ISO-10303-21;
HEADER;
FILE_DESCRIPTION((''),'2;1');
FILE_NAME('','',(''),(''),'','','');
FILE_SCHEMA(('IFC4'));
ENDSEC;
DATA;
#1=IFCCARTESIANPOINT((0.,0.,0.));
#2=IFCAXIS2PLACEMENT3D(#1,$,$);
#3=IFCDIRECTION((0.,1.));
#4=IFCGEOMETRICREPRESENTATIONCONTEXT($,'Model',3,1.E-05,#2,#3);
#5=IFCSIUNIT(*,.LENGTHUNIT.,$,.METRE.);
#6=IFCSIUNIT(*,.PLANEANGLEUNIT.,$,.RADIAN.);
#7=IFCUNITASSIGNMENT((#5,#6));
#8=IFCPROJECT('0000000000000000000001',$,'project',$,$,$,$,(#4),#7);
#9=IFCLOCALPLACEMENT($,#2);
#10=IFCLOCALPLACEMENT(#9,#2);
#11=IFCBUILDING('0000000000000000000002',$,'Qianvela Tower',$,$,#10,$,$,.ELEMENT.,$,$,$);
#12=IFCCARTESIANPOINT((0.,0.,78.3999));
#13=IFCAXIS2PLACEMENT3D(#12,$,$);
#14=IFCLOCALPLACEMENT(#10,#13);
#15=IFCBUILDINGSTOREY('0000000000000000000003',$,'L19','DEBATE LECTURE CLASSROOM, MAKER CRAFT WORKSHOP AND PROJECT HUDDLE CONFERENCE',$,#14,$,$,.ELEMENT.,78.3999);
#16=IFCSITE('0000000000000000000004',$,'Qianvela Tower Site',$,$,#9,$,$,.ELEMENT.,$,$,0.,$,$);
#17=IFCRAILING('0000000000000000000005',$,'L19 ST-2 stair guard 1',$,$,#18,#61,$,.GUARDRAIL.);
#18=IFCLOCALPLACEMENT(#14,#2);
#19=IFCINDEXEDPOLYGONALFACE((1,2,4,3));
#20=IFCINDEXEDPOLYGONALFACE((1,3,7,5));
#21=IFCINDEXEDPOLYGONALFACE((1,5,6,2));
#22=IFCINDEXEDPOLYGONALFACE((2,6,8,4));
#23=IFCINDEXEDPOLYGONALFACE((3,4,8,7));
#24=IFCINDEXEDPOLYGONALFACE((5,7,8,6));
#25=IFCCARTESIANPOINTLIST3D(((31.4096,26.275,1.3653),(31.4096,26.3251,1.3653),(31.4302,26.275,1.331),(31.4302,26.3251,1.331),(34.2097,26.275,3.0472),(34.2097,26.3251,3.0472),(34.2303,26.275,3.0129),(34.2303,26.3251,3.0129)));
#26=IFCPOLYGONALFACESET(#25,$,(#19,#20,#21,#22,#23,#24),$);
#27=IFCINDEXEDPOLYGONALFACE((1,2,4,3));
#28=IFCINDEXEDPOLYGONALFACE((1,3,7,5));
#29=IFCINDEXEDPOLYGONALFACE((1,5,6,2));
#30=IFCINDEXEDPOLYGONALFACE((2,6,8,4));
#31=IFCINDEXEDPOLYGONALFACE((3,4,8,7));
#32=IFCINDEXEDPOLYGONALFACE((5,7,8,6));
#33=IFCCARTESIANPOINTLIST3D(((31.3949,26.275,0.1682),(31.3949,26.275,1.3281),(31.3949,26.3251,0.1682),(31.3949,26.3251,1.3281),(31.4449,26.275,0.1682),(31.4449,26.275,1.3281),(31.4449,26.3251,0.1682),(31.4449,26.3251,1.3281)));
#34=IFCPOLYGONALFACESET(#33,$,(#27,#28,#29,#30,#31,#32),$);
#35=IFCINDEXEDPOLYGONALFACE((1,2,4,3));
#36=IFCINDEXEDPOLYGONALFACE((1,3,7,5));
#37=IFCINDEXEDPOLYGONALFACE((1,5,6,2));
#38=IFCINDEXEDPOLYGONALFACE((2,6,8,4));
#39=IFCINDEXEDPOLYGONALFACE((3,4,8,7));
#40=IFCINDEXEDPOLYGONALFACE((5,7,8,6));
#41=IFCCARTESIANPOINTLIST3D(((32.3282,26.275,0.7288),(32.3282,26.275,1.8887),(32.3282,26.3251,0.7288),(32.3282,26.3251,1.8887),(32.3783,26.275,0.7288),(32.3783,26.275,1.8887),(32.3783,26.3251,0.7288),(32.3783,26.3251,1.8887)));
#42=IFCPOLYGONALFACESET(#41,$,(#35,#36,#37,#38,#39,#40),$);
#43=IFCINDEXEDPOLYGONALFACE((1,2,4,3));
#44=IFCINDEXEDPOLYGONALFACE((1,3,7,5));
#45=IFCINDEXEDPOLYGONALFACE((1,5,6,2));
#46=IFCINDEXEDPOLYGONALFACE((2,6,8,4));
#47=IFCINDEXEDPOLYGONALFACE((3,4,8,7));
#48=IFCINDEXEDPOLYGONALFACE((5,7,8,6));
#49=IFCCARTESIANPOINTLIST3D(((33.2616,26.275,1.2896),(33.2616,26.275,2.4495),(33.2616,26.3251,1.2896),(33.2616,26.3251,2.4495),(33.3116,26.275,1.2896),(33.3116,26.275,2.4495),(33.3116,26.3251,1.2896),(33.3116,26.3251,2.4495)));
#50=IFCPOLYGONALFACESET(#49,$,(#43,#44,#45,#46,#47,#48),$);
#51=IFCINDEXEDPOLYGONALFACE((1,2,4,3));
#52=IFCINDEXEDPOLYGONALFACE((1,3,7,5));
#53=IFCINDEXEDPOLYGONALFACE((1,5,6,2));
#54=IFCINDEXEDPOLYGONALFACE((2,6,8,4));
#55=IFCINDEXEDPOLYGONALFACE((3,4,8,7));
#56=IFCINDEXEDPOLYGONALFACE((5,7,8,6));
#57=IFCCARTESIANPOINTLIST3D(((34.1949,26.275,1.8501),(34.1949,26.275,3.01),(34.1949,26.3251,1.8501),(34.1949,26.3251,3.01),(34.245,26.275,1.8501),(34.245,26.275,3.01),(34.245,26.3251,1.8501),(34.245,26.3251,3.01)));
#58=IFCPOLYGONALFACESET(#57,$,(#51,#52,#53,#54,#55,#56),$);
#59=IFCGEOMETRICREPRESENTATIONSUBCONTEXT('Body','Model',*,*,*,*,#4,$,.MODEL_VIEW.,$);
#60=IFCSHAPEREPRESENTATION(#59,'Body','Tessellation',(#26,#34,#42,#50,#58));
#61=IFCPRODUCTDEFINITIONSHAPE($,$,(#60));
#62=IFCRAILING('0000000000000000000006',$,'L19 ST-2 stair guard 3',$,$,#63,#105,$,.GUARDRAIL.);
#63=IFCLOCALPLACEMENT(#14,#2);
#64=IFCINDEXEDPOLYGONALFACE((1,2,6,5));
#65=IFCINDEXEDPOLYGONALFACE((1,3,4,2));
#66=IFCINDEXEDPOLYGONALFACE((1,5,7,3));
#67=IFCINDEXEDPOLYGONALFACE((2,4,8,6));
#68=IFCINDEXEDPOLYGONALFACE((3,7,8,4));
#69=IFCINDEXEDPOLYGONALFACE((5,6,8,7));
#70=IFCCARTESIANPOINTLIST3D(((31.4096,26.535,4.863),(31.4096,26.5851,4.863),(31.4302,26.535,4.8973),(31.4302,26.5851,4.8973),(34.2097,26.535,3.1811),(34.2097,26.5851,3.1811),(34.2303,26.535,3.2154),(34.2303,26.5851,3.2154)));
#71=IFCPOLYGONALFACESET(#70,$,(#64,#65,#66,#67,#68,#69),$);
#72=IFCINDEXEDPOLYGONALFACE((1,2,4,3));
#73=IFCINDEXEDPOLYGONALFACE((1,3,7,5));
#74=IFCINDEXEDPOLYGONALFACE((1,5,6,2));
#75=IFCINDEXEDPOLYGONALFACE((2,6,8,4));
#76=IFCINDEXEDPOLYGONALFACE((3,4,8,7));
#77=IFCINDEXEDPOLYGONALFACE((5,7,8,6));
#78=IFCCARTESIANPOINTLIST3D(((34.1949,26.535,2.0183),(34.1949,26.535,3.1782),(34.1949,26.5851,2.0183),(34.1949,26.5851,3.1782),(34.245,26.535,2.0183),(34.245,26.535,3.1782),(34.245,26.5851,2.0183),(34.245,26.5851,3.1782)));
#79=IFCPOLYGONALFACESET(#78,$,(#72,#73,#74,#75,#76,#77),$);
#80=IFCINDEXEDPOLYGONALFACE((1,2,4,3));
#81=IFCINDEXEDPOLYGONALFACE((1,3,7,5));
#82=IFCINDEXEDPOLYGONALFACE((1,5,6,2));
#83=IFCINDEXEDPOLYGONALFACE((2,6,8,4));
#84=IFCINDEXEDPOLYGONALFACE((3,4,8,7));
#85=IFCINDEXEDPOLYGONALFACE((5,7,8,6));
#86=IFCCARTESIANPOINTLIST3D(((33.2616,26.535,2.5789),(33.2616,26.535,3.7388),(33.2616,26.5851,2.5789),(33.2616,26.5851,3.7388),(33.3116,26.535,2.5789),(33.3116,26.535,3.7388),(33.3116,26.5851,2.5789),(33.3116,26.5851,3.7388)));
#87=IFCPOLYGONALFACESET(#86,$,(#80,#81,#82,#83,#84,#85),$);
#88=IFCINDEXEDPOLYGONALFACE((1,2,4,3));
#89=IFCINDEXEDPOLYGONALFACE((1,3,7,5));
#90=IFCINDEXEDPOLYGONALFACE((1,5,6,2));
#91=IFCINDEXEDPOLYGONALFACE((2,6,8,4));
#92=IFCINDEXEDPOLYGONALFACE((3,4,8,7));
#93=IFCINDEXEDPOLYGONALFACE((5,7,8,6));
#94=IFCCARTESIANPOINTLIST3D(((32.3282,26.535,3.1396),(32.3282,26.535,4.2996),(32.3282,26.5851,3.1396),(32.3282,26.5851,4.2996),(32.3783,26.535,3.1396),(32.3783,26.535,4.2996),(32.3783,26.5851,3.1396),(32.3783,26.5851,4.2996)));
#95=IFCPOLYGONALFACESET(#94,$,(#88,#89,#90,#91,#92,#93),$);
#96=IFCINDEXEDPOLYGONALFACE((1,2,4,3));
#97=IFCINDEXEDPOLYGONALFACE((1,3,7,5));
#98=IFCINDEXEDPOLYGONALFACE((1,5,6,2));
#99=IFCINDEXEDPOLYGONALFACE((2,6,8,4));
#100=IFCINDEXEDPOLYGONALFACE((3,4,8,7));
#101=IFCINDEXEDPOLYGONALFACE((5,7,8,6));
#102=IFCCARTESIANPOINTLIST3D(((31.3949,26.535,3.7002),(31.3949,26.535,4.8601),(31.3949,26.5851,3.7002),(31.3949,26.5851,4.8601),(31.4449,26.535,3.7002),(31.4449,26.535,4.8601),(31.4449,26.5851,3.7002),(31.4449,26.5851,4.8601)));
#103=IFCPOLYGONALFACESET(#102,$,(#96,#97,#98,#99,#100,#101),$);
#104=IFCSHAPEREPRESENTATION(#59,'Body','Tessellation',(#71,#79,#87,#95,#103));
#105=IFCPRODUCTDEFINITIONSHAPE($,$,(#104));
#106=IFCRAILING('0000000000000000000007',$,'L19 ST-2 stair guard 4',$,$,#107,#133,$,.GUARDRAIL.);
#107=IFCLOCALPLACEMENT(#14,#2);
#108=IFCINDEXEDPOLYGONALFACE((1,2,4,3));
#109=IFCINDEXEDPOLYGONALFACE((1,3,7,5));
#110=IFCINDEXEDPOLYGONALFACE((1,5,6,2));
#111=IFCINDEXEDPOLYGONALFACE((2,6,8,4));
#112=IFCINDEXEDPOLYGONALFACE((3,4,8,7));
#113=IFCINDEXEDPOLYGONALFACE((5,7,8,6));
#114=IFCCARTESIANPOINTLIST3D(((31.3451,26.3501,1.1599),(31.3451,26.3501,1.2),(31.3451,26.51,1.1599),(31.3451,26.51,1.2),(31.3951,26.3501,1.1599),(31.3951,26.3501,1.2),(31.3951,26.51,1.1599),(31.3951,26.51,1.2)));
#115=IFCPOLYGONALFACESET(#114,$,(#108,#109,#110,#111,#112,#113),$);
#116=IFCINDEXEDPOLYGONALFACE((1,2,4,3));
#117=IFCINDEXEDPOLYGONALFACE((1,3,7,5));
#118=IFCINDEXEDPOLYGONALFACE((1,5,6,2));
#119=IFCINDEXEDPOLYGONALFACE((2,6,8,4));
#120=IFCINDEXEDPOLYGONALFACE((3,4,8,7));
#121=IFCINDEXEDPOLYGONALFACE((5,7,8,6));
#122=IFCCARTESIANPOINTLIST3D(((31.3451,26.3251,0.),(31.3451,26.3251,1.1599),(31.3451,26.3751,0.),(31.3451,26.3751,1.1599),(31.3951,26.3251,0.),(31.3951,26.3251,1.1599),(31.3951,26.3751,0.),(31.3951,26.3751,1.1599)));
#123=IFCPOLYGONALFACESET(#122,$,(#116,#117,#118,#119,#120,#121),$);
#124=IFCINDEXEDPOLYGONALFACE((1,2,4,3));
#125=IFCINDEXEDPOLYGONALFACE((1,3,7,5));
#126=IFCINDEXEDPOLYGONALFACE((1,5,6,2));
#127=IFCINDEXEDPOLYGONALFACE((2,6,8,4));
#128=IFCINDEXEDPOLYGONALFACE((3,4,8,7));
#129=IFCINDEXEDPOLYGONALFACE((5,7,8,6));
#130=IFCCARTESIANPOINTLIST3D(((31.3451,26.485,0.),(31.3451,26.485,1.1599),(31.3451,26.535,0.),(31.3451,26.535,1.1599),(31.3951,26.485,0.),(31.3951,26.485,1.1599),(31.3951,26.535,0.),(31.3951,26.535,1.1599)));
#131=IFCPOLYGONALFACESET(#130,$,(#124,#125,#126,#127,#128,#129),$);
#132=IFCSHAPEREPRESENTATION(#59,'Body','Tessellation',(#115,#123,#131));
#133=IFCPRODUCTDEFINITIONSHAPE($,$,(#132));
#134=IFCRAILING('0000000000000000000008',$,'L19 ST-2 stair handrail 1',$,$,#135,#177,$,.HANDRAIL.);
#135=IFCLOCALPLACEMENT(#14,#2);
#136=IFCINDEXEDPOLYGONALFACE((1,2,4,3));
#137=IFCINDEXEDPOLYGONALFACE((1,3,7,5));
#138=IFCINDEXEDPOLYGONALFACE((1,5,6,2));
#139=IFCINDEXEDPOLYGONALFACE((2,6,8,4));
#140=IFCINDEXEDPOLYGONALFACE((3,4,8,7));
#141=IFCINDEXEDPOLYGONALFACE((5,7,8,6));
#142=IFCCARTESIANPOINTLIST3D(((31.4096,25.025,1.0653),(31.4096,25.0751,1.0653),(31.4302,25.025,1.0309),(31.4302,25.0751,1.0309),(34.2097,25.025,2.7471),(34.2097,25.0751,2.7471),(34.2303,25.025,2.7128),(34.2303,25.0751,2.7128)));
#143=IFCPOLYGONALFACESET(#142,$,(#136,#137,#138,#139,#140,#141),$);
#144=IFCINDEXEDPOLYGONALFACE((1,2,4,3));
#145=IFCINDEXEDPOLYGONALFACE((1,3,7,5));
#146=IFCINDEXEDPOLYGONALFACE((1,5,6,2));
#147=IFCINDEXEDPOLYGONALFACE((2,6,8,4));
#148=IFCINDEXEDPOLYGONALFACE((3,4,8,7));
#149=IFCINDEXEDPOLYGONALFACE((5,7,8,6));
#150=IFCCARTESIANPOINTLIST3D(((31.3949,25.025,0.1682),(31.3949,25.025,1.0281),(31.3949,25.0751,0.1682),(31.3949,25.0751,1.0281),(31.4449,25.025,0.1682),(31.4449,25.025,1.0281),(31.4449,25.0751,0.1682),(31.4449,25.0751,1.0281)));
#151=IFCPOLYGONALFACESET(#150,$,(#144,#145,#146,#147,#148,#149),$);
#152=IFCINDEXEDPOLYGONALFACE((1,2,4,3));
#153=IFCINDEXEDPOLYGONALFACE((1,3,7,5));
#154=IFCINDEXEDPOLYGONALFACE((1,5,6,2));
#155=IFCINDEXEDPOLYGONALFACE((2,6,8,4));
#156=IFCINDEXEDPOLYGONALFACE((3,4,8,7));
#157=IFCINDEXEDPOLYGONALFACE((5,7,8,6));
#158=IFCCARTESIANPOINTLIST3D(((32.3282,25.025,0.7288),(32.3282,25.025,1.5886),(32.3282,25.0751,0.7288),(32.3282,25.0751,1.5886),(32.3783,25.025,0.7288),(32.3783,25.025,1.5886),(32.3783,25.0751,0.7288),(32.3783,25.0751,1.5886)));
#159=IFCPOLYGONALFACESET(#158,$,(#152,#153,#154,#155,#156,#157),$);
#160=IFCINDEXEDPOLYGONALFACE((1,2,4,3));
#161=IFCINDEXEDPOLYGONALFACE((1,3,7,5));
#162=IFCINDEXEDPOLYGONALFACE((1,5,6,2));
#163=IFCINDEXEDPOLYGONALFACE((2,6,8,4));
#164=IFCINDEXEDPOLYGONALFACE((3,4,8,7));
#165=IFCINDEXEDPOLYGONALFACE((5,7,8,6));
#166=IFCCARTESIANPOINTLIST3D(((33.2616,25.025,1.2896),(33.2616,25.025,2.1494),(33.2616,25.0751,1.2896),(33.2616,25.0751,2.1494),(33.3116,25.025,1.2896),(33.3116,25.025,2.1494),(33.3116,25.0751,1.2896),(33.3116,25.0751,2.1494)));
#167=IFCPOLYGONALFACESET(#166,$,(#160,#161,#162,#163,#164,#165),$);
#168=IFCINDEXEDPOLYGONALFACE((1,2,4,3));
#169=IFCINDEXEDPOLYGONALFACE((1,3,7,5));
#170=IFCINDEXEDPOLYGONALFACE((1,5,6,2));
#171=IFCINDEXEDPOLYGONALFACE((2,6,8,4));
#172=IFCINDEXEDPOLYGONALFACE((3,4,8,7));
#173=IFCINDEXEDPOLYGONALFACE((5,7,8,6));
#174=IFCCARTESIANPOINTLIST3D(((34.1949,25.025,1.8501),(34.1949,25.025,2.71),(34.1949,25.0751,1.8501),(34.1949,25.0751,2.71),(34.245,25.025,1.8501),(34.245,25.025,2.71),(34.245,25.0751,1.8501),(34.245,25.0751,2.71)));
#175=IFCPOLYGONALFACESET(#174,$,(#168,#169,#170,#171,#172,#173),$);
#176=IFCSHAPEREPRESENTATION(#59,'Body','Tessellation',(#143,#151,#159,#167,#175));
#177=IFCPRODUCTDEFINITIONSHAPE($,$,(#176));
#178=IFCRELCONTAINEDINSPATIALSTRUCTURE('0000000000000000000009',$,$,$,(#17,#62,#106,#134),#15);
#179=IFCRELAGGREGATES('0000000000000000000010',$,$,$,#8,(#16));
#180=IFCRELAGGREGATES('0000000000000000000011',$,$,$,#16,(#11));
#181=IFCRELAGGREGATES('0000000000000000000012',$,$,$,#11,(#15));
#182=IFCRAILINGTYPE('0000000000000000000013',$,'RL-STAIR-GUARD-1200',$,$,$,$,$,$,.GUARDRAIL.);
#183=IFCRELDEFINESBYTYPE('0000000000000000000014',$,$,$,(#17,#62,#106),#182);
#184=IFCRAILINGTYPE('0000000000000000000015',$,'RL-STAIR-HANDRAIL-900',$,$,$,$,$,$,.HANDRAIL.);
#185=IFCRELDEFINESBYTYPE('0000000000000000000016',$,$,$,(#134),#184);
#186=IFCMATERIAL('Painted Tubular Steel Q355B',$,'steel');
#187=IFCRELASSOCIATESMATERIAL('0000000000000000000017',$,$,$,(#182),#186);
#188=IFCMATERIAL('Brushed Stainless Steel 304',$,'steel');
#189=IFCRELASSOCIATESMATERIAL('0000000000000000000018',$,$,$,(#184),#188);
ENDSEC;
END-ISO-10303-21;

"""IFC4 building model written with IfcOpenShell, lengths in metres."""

from ifc_helpers import new_model, si_unit, direction, frame, origin, origin_2d, place, context, subcontext, project, spatial, rectangle, extrude, material, type_object, element, save


model = new_model("IFC4")

# Units and contexts
model_context = context("Model", 3, precision=1e-05, world=origin(), true_north=direction((0.0, 1.0)))
body_context = subcontext(model_context, "Body", "Model", "MODEL_VIEW")
ifc_project = project(units=[si_unit("LENGTHUNIT", "METRE"), si_unit("PLANEANGLEUNIT", "RADIAN")], contexts=[model_context])

# Site, building, storey
site_placement = place(None, origin())
site = spatial("IfcSite", under=ifc_project, at=site_placement, Name="Qianvela Tower Site", CompositionType="ELEMENT", RefElevation=0.0)
building_placement = place(site_placement, origin())
building = spatial("IfcBuilding", under=site, at=building_placement, Name="Qianvela Tower", CompositionType="ELEMENT")
storey_placement = place(building_placement, frame((0.0, 0.0, 78.3999)))
storey = spatial("IfcBuildingStorey", under=building, at=storey_placement, Name="L19", Description="DEBATE LECTURE CLASSROOM, MAKER CRAFT WORKSHOP AND PROJECT HUDDLE CONFERENCE", CompositionType="ELEMENT", Elevation=78.3999)

# Railings
ifc_material_1 = material(Name="Painted Tubular Steel Q355B", Category="steel")
railing_type_1 = type_object("IfcRailingType", Name="RL-STAIR-GUARD-1200", PredefinedType="GUARDRAIL", material=ifc_material_1)
railing_1_placement = place(storey_placement, frame((31.4199, 26.3, 0.1682)))
element("IfcRailing", 1, at=railing_1_placement, inside=storey, type_object=railing_type_1, Name="L19 ST-2 stair guard 1", PredefinedType="GUARDRAIL", context=body_context, shape_type="SweptSolid", body=[
    extrude(rectangle(XDim=0.05, YDim=0.04, at=origin_2d()), frame((0.0, 0.0, 1.1799), z_axis=(0.857242, 0.0, 0.514913), x_axis=(0.0, 1.0, 0.0)), (0.0, 0.0, 1.0), 3.2664),
    extrude(rectangle(XDim=0.05, YDim=0.05, at=origin_2d()), origin(), (0.0, 0.0, 1.0), 1.1599),
    extrude(rectangle(XDim=0.05, YDim=0.05, at=origin_2d()), frame((0.9333, 0.0, 0.5605)), (0.0, 0.0, 1.0), 1.1599),
    extrude(rectangle(XDim=0.05, YDim=0.05, at=origin_2d()), frame((1.8667, 0.0, 1.1213)), (0.0, 0.0, 1.0), 1.1599),
    extrude(rectangle(XDim=0.05, YDim=0.05, at=origin_2d()), frame((2.8, 0.0, 1.6819)), (0.0, 0.0, 1.0), 1.1599),
])
railing_2_placement = place(storey_placement, frame((34.22, 26.5601, 2.0183)))
element("IfcRailing", 2, at=railing_2_placement, inside=storey, type_object=railing_type_1, Name="L19 ST-2 stair guard 3", PredefinedType="GUARDRAIL", context=body_context, shape_type="SweptSolid", body=[
    extrude(rectangle(XDim=0.05, YDim=0.04, at=origin_2d()), frame((0.0, 0.0, 1.1799), z_axis=(-0.857242, 0.0, 0.514913), x_axis=(0.0, -1.0, 0.0)), (0.0, 0.0, 1.0), 3.2664),
    extrude(rectangle(XDim=0.05, YDim=0.05, at=origin_2d()), origin(), (0.0, 0.0, 1.0), 1.1599),
    extrude(rectangle(XDim=0.05, YDim=0.05, at=origin_2d()), frame((-0.9333, 0.0, 0.5605)), (0.0, 0.0, 1.0), 1.1599),
    extrude(rectangle(XDim=0.05, YDim=0.05, at=origin_2d()), frame((-1.8667, 0.0, 1.1213)), (0.0, 0.0, 1.0), 1.1599),
    extrude(rectangle(XDim=0.05, YDim=0.05, at=origin_2d()), frame((-2.8, 0.0, 1.6819)), (0.0, 0.0, 1.0), 1.1599),
])
railing_3_placement = place(storey_placement, frame((31.3701, 26.3501, 0.0)))
element("IfcRailing", 3, at=railing_3_placement, inside=storey, type_object=railing_type_1, Name="L19 ST-2 stair guard 4", PredefinedType="GUARDRAIL", context=body_context, shape_type="SweptSolid", body=[
    extrude(rectangle(XDim=0.05, YDim=0.04, at=origin_2d()), frame((0.0, 0.0, 1.1799), z_axis=(0.0, 1.0, 0.0), x_axis=(-1.0, 0.0, 0.0)), (0.0, 0.0, 1.0), 0.1599),
    extrude(rectangle(XDim=0.05, YDim=0.05, at=origin_2d()), origin(), (0.0, 0.0, 1.0), 1.1599),
    extrude(rectangle(XDim=0.05, YDim=0.05, at=origin_2d()), frame((0.0, 0.1599, 0.0)), (0.0, 0.0, 1.0), 1.1599),
])
ifc_material_2 = material(Name="Brushed Stainless Steel 304", Category="steel")
railing_type_2 = type_object("IfcRailingType", Name="RL-STAIR-HANDRAIL-900", PredefinedType="HANDRAIL", material=ifc_material_2)
railing_4_placement = place(storey_placement, frame((31.4199, 25.05, 0.1682)))
element("IfcRailing", 4, at=railing_4_placement, inside=storey, type_object=railing_type_2, Name="L19 ST-2 stair handrail 1", PredefinedType="HANDRAIL", context=body_context, shape_type="SweptSolid", body=[
    extrude(rectangle(XDim=0.05, YDim=0.04, at=origin_2d()), frame((0.0, 0.0, 0.8799), z_axis=(0.857242, 0.0, 0.514913), x_axis=(0.0, 1.0, 0.0)), (0.0, 0.0, 1.0), 3.2664),
    extrude(rectangle(XDim=0.05, YDim=0.05, at=origin_2d()), origin(), (0.0, 0.0, 1.0), 0.8599),
    extrude(rectangle(XDim=0.05, YDim=0.05, at=origin_2d()), frame((0.9333, 0.0, 0.5605)), (0.0, 0.0, 1.0), 0.8599),
    extrude(rectangle(XDim=0.05, YDim=0.05, at=origin_2d()), frame((1.8667, 0.0, 1.1213)), (0.0, 0.0, 1.0), 0.8599),
    extrude(rectangle(XDim=0.05, YDim=0.05, at=origin_2d()), frame((2.8, 0.0, 1.6819)), (0.0, 0.0, 1.0), 0.8599),
])

save(model, "model.ifc")
